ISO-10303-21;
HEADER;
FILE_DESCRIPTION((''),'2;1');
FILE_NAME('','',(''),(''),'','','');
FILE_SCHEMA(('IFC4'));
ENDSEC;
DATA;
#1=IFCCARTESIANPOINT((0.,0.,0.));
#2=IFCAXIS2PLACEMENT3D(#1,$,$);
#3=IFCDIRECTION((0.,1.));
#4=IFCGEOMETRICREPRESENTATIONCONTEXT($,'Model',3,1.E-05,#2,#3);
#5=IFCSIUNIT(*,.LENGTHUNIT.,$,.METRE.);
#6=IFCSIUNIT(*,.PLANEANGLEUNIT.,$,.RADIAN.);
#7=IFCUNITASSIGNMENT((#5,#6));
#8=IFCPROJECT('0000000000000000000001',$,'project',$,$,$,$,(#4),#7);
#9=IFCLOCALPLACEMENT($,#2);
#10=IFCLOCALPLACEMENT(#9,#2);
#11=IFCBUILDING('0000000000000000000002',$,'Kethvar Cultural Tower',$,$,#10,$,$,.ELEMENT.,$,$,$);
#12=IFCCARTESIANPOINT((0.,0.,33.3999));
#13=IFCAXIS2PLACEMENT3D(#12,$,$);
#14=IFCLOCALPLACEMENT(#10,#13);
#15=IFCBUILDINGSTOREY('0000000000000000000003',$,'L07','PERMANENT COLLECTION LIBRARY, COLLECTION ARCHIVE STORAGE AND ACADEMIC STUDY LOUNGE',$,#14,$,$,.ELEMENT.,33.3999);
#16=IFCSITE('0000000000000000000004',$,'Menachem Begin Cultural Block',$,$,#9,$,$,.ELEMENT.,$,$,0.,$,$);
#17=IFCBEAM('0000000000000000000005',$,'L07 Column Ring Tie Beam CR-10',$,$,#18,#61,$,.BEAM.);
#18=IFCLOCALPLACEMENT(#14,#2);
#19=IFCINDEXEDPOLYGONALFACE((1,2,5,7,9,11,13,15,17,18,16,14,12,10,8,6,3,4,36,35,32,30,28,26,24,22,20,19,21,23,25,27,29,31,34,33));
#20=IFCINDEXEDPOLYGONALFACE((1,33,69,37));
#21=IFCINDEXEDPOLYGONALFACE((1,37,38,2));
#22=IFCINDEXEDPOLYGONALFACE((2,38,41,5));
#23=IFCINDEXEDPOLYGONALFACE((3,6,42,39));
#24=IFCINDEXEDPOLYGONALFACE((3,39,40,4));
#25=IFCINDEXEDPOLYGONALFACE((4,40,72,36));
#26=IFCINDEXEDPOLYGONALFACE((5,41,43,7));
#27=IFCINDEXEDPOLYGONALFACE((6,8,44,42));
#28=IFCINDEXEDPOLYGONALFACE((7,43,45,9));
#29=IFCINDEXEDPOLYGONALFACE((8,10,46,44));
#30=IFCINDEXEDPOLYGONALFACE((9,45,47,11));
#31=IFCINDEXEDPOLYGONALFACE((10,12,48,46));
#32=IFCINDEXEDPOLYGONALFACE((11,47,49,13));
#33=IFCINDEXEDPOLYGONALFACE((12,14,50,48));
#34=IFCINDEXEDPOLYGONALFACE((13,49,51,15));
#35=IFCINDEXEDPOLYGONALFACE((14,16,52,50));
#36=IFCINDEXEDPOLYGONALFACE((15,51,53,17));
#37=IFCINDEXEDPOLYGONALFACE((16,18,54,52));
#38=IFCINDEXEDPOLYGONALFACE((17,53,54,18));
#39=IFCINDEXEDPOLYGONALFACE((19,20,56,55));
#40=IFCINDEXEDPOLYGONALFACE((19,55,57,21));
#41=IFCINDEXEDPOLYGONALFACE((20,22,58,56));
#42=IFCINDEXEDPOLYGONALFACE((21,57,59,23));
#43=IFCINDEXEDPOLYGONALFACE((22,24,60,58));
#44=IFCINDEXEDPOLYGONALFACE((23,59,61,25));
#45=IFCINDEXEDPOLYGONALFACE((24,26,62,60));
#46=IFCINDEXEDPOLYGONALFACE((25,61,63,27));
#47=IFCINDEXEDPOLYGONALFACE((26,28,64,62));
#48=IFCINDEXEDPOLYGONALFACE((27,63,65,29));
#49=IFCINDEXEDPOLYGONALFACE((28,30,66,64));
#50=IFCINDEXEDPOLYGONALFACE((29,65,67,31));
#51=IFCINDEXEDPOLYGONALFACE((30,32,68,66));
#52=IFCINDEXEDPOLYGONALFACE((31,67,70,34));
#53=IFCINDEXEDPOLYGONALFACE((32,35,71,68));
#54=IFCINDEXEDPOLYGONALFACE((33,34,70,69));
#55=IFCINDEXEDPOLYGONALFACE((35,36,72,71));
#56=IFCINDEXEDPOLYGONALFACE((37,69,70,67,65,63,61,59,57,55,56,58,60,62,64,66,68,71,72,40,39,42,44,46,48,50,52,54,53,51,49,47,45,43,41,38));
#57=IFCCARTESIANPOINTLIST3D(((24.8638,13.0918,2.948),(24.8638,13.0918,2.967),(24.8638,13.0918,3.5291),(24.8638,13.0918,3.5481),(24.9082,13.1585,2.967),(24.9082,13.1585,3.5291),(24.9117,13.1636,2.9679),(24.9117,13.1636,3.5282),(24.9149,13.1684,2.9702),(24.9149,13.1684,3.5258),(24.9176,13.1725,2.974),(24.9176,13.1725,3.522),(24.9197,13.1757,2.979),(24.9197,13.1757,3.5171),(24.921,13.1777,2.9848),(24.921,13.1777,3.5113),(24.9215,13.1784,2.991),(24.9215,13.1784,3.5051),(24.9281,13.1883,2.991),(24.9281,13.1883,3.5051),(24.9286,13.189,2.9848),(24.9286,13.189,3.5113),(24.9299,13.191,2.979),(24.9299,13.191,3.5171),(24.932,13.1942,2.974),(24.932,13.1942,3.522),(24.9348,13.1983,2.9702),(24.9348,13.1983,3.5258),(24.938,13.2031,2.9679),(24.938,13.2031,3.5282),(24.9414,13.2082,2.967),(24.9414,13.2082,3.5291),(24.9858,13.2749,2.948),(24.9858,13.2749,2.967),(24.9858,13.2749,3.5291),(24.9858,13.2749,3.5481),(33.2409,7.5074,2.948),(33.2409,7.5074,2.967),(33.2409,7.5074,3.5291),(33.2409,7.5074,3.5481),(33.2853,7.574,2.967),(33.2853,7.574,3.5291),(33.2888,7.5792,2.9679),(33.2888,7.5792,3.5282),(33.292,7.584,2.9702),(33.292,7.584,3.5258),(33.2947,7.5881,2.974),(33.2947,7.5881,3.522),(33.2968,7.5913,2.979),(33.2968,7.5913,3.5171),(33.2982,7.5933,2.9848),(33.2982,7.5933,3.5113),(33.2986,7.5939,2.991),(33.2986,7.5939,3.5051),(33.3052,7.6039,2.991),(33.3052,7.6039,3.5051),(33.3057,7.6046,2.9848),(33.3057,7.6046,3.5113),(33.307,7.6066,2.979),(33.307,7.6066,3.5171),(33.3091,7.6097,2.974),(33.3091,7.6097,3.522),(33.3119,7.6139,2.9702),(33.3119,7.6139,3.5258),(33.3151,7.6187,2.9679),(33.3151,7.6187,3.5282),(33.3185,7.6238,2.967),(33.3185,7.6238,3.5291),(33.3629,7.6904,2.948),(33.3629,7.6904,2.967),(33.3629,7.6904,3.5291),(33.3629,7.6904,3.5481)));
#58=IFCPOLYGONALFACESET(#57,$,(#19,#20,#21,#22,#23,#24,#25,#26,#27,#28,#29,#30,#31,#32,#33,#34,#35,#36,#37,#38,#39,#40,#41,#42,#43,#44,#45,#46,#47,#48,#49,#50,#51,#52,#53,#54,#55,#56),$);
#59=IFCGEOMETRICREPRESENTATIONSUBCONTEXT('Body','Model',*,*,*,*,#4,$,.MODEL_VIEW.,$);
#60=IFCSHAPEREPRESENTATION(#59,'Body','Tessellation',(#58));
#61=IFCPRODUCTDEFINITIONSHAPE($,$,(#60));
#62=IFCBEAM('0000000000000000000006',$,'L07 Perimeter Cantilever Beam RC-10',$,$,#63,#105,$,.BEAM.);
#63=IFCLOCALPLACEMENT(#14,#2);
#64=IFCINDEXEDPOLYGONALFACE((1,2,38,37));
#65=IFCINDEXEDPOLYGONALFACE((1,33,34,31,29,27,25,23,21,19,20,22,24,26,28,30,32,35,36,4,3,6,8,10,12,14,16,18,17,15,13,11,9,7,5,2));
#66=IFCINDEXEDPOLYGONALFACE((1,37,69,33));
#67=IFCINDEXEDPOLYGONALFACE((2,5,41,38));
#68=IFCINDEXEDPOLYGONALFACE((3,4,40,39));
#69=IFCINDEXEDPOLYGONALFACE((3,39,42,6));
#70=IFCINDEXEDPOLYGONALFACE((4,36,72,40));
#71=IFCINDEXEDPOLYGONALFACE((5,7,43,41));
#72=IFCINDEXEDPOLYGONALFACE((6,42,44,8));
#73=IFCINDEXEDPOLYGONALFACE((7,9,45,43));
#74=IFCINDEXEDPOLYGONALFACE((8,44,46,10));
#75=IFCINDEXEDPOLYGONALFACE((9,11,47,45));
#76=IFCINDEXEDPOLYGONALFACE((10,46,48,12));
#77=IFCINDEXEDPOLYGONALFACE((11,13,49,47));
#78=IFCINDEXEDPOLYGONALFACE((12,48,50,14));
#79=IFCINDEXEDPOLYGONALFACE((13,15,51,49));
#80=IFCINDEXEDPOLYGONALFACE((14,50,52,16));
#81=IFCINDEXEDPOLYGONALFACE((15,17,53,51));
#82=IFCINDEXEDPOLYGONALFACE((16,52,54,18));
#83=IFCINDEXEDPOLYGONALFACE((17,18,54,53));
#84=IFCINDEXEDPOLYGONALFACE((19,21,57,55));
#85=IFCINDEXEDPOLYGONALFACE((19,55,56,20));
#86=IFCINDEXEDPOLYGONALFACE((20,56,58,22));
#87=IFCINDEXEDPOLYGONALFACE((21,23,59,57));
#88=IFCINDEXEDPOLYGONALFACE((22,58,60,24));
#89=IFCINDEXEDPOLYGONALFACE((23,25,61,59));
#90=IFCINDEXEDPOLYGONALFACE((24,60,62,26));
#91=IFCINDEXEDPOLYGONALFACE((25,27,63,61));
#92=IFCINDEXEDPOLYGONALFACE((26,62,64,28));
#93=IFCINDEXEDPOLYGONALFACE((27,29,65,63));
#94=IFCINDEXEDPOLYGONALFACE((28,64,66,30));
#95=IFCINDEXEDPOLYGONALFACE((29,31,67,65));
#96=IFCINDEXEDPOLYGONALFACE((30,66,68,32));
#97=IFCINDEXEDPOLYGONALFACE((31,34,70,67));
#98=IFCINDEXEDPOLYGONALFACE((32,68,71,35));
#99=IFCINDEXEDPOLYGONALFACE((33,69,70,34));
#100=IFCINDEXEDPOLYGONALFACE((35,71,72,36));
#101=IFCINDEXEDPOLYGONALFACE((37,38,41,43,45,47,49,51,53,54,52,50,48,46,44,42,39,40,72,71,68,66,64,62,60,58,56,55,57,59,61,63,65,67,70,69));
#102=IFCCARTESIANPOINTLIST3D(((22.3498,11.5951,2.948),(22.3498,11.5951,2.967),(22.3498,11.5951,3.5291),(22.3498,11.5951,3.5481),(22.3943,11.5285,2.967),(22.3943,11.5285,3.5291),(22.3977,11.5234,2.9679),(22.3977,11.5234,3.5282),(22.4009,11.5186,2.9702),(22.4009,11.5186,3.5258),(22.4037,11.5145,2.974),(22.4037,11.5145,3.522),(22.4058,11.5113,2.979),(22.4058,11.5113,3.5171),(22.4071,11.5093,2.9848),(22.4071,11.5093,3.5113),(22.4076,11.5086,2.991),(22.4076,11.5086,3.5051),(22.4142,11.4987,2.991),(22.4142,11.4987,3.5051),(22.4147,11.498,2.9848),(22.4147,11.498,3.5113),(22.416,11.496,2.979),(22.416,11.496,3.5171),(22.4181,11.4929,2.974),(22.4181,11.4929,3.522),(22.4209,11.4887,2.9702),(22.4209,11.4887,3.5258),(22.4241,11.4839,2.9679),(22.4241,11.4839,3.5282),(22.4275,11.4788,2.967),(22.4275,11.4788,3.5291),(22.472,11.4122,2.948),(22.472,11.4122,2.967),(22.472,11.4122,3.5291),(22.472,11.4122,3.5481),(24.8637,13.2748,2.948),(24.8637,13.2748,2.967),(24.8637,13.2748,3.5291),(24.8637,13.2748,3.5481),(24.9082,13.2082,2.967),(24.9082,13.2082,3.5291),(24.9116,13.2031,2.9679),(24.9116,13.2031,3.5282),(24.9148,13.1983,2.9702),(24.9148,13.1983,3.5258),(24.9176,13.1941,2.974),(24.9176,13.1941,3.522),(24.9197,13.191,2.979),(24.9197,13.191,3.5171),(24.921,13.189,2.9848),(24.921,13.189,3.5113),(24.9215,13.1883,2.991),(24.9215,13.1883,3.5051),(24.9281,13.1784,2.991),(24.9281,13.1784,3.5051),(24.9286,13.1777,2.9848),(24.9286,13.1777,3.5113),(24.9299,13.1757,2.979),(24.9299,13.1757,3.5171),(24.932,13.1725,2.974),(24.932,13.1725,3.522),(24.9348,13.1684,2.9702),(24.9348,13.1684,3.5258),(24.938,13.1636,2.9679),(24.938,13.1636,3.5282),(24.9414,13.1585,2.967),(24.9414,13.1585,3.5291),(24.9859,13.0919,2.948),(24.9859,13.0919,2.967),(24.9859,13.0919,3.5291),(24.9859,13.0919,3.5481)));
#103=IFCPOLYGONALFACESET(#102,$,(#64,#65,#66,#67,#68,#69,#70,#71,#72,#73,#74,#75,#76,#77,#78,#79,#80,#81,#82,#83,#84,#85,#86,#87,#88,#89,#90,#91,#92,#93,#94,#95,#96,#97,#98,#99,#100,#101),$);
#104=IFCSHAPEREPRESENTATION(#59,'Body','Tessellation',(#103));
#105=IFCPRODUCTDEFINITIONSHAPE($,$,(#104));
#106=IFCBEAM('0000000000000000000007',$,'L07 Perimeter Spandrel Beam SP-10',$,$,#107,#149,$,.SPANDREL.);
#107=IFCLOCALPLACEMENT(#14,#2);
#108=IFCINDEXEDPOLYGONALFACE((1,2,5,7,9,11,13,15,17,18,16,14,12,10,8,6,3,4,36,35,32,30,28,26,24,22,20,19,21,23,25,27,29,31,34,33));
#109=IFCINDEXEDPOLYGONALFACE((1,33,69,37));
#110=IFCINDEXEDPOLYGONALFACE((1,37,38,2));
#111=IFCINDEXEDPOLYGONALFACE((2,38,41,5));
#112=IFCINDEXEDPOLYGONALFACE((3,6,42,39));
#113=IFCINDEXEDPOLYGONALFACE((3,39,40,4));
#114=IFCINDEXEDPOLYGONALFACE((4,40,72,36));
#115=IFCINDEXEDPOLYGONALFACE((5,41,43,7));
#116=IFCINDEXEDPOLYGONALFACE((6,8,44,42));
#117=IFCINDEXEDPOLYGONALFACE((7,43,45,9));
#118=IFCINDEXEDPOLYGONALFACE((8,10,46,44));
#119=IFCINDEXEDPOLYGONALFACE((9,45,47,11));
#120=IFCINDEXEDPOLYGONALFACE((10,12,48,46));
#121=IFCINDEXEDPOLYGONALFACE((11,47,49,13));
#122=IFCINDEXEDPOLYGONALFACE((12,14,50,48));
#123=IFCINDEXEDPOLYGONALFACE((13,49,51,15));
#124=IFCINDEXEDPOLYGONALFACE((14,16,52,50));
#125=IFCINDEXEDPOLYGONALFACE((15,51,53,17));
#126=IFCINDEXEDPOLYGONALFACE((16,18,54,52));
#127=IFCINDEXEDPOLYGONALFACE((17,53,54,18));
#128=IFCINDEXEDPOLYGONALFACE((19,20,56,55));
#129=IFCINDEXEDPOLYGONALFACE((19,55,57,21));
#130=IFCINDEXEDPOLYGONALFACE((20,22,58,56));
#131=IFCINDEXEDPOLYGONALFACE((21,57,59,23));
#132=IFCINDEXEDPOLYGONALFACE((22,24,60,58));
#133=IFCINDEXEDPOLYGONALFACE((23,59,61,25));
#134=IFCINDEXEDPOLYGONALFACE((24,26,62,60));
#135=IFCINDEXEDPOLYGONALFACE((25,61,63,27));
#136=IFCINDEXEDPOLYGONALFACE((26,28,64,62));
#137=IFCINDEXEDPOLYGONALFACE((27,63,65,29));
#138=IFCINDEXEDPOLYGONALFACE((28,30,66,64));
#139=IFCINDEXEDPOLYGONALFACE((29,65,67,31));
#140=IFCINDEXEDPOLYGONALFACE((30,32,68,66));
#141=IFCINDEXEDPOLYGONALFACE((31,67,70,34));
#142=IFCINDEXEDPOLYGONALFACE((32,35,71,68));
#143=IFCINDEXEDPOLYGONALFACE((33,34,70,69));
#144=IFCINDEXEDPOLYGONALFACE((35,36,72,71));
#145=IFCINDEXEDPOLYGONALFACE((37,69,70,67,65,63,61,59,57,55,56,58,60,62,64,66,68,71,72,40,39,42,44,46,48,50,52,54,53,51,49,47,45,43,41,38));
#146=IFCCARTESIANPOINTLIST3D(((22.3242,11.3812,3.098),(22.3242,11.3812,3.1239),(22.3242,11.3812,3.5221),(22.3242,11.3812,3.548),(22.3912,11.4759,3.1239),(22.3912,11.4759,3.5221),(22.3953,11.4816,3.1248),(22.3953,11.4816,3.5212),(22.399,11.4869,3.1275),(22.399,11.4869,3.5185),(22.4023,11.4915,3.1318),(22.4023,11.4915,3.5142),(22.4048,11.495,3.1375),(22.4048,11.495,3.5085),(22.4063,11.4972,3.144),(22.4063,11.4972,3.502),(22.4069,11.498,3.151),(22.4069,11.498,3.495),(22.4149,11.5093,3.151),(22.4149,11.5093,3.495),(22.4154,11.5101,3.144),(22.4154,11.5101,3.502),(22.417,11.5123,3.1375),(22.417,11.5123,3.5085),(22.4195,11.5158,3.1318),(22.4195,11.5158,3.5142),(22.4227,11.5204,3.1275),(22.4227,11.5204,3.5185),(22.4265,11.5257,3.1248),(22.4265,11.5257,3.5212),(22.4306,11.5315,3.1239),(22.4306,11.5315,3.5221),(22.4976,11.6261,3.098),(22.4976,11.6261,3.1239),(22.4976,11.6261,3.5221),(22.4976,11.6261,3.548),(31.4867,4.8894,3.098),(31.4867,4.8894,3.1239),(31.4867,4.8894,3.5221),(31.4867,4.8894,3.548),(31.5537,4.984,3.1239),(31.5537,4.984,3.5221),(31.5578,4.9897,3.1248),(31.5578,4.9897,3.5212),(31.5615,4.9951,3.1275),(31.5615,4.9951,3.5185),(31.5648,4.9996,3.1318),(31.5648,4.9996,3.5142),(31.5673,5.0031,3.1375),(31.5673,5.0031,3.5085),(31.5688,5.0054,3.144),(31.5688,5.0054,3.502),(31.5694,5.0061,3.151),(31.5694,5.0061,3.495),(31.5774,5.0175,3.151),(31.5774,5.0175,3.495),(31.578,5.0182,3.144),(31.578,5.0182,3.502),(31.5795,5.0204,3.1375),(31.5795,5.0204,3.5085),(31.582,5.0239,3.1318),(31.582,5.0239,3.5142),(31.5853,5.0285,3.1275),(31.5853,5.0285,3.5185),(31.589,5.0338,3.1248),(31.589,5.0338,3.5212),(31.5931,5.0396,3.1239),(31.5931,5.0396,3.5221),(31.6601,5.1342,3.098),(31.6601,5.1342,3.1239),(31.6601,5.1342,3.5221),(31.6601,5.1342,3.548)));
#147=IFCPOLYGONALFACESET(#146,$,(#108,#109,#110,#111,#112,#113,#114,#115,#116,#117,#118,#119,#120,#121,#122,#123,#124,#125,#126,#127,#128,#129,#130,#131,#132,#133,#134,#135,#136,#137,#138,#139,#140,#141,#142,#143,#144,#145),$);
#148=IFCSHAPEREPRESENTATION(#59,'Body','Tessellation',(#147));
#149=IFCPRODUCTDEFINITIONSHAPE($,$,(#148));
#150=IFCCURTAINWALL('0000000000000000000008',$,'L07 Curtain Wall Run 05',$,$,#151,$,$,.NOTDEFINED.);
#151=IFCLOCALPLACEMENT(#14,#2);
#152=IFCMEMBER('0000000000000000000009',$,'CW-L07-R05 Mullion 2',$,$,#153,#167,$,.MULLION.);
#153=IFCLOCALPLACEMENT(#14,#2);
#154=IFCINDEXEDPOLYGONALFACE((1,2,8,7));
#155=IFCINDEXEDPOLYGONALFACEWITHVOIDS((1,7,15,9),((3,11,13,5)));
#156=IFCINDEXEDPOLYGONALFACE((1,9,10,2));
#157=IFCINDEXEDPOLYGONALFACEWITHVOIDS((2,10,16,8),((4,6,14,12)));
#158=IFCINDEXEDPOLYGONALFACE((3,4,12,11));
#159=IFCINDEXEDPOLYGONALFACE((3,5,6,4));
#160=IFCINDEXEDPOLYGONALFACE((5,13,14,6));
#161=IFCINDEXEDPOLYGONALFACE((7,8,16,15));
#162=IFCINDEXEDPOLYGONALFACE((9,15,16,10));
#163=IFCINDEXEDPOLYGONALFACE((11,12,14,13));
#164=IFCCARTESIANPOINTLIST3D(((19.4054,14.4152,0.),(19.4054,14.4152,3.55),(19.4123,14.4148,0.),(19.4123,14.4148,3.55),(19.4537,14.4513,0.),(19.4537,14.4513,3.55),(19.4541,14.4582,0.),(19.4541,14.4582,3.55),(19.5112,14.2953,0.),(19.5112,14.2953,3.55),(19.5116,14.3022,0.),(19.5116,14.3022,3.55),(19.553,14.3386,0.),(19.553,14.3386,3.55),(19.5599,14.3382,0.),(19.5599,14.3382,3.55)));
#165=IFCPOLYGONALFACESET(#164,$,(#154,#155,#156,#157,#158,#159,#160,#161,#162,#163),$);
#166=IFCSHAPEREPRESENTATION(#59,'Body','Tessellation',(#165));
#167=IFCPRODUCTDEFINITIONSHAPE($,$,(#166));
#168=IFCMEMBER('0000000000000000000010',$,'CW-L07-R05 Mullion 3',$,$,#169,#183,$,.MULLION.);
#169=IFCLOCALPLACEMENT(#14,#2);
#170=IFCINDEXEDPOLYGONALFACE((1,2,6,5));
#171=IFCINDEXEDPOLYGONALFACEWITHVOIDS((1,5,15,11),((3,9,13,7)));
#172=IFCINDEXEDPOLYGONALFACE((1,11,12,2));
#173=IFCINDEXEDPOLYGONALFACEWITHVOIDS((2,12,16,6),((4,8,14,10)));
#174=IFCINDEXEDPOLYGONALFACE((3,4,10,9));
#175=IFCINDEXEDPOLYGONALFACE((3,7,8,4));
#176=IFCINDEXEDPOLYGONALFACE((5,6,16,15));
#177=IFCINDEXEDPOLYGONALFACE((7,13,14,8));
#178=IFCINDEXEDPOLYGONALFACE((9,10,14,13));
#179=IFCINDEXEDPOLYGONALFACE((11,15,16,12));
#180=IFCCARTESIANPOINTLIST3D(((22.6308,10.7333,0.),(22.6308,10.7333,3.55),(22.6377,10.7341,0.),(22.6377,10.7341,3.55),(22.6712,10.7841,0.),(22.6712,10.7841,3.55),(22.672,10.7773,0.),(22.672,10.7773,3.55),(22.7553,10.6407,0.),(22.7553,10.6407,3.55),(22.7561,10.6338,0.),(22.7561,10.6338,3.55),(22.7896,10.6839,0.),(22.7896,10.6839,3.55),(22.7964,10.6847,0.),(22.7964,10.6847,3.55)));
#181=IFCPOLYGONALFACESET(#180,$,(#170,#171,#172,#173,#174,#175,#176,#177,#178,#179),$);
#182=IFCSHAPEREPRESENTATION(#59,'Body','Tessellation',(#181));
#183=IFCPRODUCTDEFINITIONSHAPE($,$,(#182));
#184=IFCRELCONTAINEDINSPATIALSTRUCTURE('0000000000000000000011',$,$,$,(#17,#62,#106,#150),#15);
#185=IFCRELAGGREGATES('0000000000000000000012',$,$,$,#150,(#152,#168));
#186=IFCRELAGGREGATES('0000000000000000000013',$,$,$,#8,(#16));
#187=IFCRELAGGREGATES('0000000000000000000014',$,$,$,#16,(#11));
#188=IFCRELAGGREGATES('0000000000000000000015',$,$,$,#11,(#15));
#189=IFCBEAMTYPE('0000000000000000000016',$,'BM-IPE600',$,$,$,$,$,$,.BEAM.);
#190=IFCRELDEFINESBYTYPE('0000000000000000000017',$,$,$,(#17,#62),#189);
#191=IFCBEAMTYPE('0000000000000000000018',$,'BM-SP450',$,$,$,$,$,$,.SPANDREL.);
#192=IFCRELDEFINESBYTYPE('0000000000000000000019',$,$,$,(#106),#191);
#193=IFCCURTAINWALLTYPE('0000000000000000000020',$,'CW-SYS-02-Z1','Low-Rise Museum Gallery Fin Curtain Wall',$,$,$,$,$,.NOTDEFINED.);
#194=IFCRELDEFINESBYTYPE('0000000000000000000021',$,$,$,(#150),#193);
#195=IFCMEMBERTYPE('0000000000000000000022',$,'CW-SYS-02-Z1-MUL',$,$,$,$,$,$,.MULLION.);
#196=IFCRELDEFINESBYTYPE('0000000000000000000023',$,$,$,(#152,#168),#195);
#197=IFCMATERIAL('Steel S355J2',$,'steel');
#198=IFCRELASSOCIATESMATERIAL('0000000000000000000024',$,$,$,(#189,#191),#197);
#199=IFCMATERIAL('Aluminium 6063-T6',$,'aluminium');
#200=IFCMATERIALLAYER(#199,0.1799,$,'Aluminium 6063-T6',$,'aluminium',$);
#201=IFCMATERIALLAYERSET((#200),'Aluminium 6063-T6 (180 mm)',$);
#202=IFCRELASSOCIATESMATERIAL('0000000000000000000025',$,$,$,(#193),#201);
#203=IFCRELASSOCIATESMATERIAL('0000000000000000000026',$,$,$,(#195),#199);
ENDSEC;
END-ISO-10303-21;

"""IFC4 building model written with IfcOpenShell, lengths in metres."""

from ifc_helpers import new_model, si_unit, direction, frame, origin, origin_2d, place, context, subcontext, project, spatial, hollow_rectangle, i_section, extrude, source, transform, mapped, material, layer, layer_set, material_profile, profile_set, type_object, element, aggregate, save


model = new_model("IFC4")

# Units and contexts
model_context = context("Model", 3, precision=1e-05, world=origin(), true_north=direction((0.0, 1.0)))
body_context = subcontext(model_context, "Body", "Model", "MODEL_VIEW")
ifc_project = project(units=[si_unit("LENGTHUNIT", "METRE"), si_unit("PLANEANGLEUNIT", "RADIAN")], contexts=[model_context])

# Site, building, storey
site_placement = place(None, origin())
site = spatial("IfcSite", under=ifc_project, at=site_placement, Name="Menachem Begin Cultural Block", CompositionType="ELEMENT", RefElevation=0.0)
building_placement = place(site_placement, origin())
building = spatial("IfcBuilding", under=site, at=building_placement, Name="Kethvar Cultural Tower", CompositionType="ELEMENT")
storey_placement = place(building_placement, frame((0.0, 0.0, 33.3999)))
storey = spatial("IfcBuildingStorey", under=building, at=storey_placement, Name="L07", Description="PERMANENT COLLECTION LIBRARY, COLLECTION ARCHIVE STORAGE AND ACADEMIC STUDY LOUNGE", CompositionType="ELEMENT", Elevation=33.3999)

# Beams
ifc_material_1 = material(Name="Steel S355J2", Category="steel")
ifc_material_profile_1 = material_profile(ifc_material_1, i_section(OverallWidth=0.22, OverallDepth=0.6001, WebThickness=0.012, FlangeThickness=0.019, FilletRadius=0.0239, at=origin_2d()), Name="Steel S355J2 — IPE600")
ifc_profile_set_1 = profile_set([ifc_material_profile_1], Name="Steel S355J2 — IPE600")
beam_type_1 = type_object("IfcBeamType", Name="BM-IPE600", PredefinedType="BEAM", material=ifc_profile_set_1)
shared_shape_1 = source(origin(), body_context, "Body", "SweptSolid", [
    extrude(i_section(OverallWidth=0.22, OverallDepth=0.6001, WebThickness=0.012, FlangeThickness=0.019, FilletRadius=0.0239, at=origin_2d()), origin(), (0.0, 0.0, 1.0), 10.0679),
])
beam_1_placement = place(storey_placement, frame((24.9248, 13.1833, 3.248), z_axis=(0.832065, -0.554678, 0.0), x_axis=(0.554678, 0.832065, 0.0)))
element("IfcBeam", 1, at=beam_1_placement, inside=storey, type_object=beam_type_1, Name="L07 Column Ring Tie Beam CR-10", PredefinedType="BEAM", context=body_context, shape_type="MappedRepresentation", body=[
    mapped(shared_shape_1, transform((0.0, 0.0, 0.0), scale=1.0)),
])
shared_shape_2 = source(origin(), body_context, "Body", "SweptSolid", [
    extrude(i_section(OverallWidth=0.22, OverallDepth=0.6001, WebThickness=0.012, FlangeThickness=0.019, FilletRadius=0.0239, at=origin_2d()), origin(), (0.0, 0.0, 1.0), 3.0234),
])
beam_2_placement = place(storey_placement, frame((24.9248, 13.1833, 3.248), z_axis=(-0.831478, -0.555557, 0.0), x_axis=(0.555557, -0.831478, 0.0)))
element("IfcBeam", 2, at=beam_2_placement, inside=storey, type_object=beam_type_1, Name="L07 Perimeter Cantilever Beam RC-10", PredefinedType="BEAM", context=body_context, shape_type="MappedRepresentation", body=[
    mapped(shared_shape_2, transform((0.0, 0.0, 0.0), scale=1.0)),
])
ifc_material_profile_2 = material_profile(ifc_material_1, i_section(OverallWidth=0.3, OverallDepth=0.45, WebThickness=0.0139, FlangeThickness=0.0259, FilletRadius=0.0271, at=origin_2d()), Name="Steel S355J2 — HEB450")
ifc_profile_set_2 = profile_set([ifc_material_profile_2], Name="Steel S355J2 — HEB450")
beam_type_2 = type_object("IfcBeamType", Name="BM-SP450", PredefinedType="SPANDREL", material=ifc_profile_set_2)
shared_shape_3 = source(origin(), body_context, "Body", "SweptSolid", [
    extrude(i_section(OverallWidth=0.3, OverallDepth=0.45, WebThickness=0.0139, FlangeThickness=0.0259, FilletRadius=0.0271, at=origin_2d()), origin(), (0.0, 0.0, 1.0), 11.2292),
])
beam_3_placement = place(storey_placement, frame((22.4109, 11.5037, 3.323), z_axis=(0.81595, -0.578122, 0.0), x_axis=(0.578122, 0.81595, 0.0)))
element("IfcBeam", 3, at=beam_3_placement, inside=storey, type_object=beam_type_2, Name="L07 Perimeter Spandrel Beam SP-10", PredefinedType="SPANDREL", context=body_context, shape_type="MappedRepresentation", body=[
    mapped(shared_shape_3, transform((0.0, 0.0, 0.0), scale=1.0)),
])

# Curtain wall, members
ifc_material_2 = material(Name="Aluminium 6063-T6", Category="aluminium")
ifc_layer_1 = layer(ifc_material_2, 0.1799, Name="Aluminium 6063-T6", Category="aluminium")
ifc_layer_set_1 = layer_set([ifc_layer_1], Name="Aluminium 6063-T6 (180 mm)")
curtain_wall_type = type_object("IfcCurtainWallType", Name="CW-SYS-02-Z1", Description="Low-Rise Museum Gallery Fin Curtain Wall", PredefinedType="NOTDEFINED", material=ifc_layer_set_1)
curtain_wall_placement = place(storey_placement, origin())
curtain_wall = element("IfcCurtainWall", 4, at=curtain_wall_placement, inside=storey, type_object=curtain_wall_type, Name="L07 Curtain Wall Run 05", PredefinedType="NOTDEFINED")
ifc_material_profile_3 = material_profile(ifc_material_2, hollow_rectangle(XDim=0.0649, YDim=0.1599, WallThickness=0.0049, at=origin_2d()), Name="Aluminium 6063-T6 — RHS160x65x5")
ifc_profile_set_3 = profile_set([ifc_material_profile_3], Name="Aluminium 6063-T6 — RHS160x65x5")
member_type_1 = type_object("IfcMemberType", Name="CW-SYS-02-Z1-MUL", PredefinedType="MULLION", material=ifc_profile_set_3)
shared_shape_4 = source(origin(), body_context, "Body", "SweptSolid", [
    extrude(hollow_rectangle(XDim=0.0649, YDim=0.1599, WallThickness=0.0049, at=origin_2d()), origin(), (0.0, 0.0, 1.0), 3.55),
])
member_1_placement = place(storey_placement, frame((19.4827, 14.3767, 0.0), z_axis=(0.0, 0.0, 1.0), x_axis=(0.750076, 0.661351, 0.0)))
member_1 = element("IfcMember", 5, at=member_1_placement, type_object=member_type_1, Name="CW-L07-R05 Mullion 2", PredefinedType="MULLION", context=body_context, shape_type="MappedRepresentation", body=[
    mapped(shared_shape_4, transform((0.0, 0.0, 0.0), scale=1.0)),
])
member_2_placement = place(storey_placement, frame((22.7136, 10.709, 0.0), z_axis=(0.0, 0.0, 1.0), x_axis=(0.621736, 0.783227, 0.0)))
member_2 = element("IfcMember", 6, at=member_2_placement, type_object=member_type_1, Name="CW-L07-R05 Mullion 3", PredefinedType="MULLION", context=body_context, shape_type="MappedRepresentation", body=[
    mapped(shared_shape_4, transform((0.0, 0.0, 0.0), scale=1.0)),
])
aggregate(curtain_wall, [member_1, member_2])

save(model, "model.ifc")
